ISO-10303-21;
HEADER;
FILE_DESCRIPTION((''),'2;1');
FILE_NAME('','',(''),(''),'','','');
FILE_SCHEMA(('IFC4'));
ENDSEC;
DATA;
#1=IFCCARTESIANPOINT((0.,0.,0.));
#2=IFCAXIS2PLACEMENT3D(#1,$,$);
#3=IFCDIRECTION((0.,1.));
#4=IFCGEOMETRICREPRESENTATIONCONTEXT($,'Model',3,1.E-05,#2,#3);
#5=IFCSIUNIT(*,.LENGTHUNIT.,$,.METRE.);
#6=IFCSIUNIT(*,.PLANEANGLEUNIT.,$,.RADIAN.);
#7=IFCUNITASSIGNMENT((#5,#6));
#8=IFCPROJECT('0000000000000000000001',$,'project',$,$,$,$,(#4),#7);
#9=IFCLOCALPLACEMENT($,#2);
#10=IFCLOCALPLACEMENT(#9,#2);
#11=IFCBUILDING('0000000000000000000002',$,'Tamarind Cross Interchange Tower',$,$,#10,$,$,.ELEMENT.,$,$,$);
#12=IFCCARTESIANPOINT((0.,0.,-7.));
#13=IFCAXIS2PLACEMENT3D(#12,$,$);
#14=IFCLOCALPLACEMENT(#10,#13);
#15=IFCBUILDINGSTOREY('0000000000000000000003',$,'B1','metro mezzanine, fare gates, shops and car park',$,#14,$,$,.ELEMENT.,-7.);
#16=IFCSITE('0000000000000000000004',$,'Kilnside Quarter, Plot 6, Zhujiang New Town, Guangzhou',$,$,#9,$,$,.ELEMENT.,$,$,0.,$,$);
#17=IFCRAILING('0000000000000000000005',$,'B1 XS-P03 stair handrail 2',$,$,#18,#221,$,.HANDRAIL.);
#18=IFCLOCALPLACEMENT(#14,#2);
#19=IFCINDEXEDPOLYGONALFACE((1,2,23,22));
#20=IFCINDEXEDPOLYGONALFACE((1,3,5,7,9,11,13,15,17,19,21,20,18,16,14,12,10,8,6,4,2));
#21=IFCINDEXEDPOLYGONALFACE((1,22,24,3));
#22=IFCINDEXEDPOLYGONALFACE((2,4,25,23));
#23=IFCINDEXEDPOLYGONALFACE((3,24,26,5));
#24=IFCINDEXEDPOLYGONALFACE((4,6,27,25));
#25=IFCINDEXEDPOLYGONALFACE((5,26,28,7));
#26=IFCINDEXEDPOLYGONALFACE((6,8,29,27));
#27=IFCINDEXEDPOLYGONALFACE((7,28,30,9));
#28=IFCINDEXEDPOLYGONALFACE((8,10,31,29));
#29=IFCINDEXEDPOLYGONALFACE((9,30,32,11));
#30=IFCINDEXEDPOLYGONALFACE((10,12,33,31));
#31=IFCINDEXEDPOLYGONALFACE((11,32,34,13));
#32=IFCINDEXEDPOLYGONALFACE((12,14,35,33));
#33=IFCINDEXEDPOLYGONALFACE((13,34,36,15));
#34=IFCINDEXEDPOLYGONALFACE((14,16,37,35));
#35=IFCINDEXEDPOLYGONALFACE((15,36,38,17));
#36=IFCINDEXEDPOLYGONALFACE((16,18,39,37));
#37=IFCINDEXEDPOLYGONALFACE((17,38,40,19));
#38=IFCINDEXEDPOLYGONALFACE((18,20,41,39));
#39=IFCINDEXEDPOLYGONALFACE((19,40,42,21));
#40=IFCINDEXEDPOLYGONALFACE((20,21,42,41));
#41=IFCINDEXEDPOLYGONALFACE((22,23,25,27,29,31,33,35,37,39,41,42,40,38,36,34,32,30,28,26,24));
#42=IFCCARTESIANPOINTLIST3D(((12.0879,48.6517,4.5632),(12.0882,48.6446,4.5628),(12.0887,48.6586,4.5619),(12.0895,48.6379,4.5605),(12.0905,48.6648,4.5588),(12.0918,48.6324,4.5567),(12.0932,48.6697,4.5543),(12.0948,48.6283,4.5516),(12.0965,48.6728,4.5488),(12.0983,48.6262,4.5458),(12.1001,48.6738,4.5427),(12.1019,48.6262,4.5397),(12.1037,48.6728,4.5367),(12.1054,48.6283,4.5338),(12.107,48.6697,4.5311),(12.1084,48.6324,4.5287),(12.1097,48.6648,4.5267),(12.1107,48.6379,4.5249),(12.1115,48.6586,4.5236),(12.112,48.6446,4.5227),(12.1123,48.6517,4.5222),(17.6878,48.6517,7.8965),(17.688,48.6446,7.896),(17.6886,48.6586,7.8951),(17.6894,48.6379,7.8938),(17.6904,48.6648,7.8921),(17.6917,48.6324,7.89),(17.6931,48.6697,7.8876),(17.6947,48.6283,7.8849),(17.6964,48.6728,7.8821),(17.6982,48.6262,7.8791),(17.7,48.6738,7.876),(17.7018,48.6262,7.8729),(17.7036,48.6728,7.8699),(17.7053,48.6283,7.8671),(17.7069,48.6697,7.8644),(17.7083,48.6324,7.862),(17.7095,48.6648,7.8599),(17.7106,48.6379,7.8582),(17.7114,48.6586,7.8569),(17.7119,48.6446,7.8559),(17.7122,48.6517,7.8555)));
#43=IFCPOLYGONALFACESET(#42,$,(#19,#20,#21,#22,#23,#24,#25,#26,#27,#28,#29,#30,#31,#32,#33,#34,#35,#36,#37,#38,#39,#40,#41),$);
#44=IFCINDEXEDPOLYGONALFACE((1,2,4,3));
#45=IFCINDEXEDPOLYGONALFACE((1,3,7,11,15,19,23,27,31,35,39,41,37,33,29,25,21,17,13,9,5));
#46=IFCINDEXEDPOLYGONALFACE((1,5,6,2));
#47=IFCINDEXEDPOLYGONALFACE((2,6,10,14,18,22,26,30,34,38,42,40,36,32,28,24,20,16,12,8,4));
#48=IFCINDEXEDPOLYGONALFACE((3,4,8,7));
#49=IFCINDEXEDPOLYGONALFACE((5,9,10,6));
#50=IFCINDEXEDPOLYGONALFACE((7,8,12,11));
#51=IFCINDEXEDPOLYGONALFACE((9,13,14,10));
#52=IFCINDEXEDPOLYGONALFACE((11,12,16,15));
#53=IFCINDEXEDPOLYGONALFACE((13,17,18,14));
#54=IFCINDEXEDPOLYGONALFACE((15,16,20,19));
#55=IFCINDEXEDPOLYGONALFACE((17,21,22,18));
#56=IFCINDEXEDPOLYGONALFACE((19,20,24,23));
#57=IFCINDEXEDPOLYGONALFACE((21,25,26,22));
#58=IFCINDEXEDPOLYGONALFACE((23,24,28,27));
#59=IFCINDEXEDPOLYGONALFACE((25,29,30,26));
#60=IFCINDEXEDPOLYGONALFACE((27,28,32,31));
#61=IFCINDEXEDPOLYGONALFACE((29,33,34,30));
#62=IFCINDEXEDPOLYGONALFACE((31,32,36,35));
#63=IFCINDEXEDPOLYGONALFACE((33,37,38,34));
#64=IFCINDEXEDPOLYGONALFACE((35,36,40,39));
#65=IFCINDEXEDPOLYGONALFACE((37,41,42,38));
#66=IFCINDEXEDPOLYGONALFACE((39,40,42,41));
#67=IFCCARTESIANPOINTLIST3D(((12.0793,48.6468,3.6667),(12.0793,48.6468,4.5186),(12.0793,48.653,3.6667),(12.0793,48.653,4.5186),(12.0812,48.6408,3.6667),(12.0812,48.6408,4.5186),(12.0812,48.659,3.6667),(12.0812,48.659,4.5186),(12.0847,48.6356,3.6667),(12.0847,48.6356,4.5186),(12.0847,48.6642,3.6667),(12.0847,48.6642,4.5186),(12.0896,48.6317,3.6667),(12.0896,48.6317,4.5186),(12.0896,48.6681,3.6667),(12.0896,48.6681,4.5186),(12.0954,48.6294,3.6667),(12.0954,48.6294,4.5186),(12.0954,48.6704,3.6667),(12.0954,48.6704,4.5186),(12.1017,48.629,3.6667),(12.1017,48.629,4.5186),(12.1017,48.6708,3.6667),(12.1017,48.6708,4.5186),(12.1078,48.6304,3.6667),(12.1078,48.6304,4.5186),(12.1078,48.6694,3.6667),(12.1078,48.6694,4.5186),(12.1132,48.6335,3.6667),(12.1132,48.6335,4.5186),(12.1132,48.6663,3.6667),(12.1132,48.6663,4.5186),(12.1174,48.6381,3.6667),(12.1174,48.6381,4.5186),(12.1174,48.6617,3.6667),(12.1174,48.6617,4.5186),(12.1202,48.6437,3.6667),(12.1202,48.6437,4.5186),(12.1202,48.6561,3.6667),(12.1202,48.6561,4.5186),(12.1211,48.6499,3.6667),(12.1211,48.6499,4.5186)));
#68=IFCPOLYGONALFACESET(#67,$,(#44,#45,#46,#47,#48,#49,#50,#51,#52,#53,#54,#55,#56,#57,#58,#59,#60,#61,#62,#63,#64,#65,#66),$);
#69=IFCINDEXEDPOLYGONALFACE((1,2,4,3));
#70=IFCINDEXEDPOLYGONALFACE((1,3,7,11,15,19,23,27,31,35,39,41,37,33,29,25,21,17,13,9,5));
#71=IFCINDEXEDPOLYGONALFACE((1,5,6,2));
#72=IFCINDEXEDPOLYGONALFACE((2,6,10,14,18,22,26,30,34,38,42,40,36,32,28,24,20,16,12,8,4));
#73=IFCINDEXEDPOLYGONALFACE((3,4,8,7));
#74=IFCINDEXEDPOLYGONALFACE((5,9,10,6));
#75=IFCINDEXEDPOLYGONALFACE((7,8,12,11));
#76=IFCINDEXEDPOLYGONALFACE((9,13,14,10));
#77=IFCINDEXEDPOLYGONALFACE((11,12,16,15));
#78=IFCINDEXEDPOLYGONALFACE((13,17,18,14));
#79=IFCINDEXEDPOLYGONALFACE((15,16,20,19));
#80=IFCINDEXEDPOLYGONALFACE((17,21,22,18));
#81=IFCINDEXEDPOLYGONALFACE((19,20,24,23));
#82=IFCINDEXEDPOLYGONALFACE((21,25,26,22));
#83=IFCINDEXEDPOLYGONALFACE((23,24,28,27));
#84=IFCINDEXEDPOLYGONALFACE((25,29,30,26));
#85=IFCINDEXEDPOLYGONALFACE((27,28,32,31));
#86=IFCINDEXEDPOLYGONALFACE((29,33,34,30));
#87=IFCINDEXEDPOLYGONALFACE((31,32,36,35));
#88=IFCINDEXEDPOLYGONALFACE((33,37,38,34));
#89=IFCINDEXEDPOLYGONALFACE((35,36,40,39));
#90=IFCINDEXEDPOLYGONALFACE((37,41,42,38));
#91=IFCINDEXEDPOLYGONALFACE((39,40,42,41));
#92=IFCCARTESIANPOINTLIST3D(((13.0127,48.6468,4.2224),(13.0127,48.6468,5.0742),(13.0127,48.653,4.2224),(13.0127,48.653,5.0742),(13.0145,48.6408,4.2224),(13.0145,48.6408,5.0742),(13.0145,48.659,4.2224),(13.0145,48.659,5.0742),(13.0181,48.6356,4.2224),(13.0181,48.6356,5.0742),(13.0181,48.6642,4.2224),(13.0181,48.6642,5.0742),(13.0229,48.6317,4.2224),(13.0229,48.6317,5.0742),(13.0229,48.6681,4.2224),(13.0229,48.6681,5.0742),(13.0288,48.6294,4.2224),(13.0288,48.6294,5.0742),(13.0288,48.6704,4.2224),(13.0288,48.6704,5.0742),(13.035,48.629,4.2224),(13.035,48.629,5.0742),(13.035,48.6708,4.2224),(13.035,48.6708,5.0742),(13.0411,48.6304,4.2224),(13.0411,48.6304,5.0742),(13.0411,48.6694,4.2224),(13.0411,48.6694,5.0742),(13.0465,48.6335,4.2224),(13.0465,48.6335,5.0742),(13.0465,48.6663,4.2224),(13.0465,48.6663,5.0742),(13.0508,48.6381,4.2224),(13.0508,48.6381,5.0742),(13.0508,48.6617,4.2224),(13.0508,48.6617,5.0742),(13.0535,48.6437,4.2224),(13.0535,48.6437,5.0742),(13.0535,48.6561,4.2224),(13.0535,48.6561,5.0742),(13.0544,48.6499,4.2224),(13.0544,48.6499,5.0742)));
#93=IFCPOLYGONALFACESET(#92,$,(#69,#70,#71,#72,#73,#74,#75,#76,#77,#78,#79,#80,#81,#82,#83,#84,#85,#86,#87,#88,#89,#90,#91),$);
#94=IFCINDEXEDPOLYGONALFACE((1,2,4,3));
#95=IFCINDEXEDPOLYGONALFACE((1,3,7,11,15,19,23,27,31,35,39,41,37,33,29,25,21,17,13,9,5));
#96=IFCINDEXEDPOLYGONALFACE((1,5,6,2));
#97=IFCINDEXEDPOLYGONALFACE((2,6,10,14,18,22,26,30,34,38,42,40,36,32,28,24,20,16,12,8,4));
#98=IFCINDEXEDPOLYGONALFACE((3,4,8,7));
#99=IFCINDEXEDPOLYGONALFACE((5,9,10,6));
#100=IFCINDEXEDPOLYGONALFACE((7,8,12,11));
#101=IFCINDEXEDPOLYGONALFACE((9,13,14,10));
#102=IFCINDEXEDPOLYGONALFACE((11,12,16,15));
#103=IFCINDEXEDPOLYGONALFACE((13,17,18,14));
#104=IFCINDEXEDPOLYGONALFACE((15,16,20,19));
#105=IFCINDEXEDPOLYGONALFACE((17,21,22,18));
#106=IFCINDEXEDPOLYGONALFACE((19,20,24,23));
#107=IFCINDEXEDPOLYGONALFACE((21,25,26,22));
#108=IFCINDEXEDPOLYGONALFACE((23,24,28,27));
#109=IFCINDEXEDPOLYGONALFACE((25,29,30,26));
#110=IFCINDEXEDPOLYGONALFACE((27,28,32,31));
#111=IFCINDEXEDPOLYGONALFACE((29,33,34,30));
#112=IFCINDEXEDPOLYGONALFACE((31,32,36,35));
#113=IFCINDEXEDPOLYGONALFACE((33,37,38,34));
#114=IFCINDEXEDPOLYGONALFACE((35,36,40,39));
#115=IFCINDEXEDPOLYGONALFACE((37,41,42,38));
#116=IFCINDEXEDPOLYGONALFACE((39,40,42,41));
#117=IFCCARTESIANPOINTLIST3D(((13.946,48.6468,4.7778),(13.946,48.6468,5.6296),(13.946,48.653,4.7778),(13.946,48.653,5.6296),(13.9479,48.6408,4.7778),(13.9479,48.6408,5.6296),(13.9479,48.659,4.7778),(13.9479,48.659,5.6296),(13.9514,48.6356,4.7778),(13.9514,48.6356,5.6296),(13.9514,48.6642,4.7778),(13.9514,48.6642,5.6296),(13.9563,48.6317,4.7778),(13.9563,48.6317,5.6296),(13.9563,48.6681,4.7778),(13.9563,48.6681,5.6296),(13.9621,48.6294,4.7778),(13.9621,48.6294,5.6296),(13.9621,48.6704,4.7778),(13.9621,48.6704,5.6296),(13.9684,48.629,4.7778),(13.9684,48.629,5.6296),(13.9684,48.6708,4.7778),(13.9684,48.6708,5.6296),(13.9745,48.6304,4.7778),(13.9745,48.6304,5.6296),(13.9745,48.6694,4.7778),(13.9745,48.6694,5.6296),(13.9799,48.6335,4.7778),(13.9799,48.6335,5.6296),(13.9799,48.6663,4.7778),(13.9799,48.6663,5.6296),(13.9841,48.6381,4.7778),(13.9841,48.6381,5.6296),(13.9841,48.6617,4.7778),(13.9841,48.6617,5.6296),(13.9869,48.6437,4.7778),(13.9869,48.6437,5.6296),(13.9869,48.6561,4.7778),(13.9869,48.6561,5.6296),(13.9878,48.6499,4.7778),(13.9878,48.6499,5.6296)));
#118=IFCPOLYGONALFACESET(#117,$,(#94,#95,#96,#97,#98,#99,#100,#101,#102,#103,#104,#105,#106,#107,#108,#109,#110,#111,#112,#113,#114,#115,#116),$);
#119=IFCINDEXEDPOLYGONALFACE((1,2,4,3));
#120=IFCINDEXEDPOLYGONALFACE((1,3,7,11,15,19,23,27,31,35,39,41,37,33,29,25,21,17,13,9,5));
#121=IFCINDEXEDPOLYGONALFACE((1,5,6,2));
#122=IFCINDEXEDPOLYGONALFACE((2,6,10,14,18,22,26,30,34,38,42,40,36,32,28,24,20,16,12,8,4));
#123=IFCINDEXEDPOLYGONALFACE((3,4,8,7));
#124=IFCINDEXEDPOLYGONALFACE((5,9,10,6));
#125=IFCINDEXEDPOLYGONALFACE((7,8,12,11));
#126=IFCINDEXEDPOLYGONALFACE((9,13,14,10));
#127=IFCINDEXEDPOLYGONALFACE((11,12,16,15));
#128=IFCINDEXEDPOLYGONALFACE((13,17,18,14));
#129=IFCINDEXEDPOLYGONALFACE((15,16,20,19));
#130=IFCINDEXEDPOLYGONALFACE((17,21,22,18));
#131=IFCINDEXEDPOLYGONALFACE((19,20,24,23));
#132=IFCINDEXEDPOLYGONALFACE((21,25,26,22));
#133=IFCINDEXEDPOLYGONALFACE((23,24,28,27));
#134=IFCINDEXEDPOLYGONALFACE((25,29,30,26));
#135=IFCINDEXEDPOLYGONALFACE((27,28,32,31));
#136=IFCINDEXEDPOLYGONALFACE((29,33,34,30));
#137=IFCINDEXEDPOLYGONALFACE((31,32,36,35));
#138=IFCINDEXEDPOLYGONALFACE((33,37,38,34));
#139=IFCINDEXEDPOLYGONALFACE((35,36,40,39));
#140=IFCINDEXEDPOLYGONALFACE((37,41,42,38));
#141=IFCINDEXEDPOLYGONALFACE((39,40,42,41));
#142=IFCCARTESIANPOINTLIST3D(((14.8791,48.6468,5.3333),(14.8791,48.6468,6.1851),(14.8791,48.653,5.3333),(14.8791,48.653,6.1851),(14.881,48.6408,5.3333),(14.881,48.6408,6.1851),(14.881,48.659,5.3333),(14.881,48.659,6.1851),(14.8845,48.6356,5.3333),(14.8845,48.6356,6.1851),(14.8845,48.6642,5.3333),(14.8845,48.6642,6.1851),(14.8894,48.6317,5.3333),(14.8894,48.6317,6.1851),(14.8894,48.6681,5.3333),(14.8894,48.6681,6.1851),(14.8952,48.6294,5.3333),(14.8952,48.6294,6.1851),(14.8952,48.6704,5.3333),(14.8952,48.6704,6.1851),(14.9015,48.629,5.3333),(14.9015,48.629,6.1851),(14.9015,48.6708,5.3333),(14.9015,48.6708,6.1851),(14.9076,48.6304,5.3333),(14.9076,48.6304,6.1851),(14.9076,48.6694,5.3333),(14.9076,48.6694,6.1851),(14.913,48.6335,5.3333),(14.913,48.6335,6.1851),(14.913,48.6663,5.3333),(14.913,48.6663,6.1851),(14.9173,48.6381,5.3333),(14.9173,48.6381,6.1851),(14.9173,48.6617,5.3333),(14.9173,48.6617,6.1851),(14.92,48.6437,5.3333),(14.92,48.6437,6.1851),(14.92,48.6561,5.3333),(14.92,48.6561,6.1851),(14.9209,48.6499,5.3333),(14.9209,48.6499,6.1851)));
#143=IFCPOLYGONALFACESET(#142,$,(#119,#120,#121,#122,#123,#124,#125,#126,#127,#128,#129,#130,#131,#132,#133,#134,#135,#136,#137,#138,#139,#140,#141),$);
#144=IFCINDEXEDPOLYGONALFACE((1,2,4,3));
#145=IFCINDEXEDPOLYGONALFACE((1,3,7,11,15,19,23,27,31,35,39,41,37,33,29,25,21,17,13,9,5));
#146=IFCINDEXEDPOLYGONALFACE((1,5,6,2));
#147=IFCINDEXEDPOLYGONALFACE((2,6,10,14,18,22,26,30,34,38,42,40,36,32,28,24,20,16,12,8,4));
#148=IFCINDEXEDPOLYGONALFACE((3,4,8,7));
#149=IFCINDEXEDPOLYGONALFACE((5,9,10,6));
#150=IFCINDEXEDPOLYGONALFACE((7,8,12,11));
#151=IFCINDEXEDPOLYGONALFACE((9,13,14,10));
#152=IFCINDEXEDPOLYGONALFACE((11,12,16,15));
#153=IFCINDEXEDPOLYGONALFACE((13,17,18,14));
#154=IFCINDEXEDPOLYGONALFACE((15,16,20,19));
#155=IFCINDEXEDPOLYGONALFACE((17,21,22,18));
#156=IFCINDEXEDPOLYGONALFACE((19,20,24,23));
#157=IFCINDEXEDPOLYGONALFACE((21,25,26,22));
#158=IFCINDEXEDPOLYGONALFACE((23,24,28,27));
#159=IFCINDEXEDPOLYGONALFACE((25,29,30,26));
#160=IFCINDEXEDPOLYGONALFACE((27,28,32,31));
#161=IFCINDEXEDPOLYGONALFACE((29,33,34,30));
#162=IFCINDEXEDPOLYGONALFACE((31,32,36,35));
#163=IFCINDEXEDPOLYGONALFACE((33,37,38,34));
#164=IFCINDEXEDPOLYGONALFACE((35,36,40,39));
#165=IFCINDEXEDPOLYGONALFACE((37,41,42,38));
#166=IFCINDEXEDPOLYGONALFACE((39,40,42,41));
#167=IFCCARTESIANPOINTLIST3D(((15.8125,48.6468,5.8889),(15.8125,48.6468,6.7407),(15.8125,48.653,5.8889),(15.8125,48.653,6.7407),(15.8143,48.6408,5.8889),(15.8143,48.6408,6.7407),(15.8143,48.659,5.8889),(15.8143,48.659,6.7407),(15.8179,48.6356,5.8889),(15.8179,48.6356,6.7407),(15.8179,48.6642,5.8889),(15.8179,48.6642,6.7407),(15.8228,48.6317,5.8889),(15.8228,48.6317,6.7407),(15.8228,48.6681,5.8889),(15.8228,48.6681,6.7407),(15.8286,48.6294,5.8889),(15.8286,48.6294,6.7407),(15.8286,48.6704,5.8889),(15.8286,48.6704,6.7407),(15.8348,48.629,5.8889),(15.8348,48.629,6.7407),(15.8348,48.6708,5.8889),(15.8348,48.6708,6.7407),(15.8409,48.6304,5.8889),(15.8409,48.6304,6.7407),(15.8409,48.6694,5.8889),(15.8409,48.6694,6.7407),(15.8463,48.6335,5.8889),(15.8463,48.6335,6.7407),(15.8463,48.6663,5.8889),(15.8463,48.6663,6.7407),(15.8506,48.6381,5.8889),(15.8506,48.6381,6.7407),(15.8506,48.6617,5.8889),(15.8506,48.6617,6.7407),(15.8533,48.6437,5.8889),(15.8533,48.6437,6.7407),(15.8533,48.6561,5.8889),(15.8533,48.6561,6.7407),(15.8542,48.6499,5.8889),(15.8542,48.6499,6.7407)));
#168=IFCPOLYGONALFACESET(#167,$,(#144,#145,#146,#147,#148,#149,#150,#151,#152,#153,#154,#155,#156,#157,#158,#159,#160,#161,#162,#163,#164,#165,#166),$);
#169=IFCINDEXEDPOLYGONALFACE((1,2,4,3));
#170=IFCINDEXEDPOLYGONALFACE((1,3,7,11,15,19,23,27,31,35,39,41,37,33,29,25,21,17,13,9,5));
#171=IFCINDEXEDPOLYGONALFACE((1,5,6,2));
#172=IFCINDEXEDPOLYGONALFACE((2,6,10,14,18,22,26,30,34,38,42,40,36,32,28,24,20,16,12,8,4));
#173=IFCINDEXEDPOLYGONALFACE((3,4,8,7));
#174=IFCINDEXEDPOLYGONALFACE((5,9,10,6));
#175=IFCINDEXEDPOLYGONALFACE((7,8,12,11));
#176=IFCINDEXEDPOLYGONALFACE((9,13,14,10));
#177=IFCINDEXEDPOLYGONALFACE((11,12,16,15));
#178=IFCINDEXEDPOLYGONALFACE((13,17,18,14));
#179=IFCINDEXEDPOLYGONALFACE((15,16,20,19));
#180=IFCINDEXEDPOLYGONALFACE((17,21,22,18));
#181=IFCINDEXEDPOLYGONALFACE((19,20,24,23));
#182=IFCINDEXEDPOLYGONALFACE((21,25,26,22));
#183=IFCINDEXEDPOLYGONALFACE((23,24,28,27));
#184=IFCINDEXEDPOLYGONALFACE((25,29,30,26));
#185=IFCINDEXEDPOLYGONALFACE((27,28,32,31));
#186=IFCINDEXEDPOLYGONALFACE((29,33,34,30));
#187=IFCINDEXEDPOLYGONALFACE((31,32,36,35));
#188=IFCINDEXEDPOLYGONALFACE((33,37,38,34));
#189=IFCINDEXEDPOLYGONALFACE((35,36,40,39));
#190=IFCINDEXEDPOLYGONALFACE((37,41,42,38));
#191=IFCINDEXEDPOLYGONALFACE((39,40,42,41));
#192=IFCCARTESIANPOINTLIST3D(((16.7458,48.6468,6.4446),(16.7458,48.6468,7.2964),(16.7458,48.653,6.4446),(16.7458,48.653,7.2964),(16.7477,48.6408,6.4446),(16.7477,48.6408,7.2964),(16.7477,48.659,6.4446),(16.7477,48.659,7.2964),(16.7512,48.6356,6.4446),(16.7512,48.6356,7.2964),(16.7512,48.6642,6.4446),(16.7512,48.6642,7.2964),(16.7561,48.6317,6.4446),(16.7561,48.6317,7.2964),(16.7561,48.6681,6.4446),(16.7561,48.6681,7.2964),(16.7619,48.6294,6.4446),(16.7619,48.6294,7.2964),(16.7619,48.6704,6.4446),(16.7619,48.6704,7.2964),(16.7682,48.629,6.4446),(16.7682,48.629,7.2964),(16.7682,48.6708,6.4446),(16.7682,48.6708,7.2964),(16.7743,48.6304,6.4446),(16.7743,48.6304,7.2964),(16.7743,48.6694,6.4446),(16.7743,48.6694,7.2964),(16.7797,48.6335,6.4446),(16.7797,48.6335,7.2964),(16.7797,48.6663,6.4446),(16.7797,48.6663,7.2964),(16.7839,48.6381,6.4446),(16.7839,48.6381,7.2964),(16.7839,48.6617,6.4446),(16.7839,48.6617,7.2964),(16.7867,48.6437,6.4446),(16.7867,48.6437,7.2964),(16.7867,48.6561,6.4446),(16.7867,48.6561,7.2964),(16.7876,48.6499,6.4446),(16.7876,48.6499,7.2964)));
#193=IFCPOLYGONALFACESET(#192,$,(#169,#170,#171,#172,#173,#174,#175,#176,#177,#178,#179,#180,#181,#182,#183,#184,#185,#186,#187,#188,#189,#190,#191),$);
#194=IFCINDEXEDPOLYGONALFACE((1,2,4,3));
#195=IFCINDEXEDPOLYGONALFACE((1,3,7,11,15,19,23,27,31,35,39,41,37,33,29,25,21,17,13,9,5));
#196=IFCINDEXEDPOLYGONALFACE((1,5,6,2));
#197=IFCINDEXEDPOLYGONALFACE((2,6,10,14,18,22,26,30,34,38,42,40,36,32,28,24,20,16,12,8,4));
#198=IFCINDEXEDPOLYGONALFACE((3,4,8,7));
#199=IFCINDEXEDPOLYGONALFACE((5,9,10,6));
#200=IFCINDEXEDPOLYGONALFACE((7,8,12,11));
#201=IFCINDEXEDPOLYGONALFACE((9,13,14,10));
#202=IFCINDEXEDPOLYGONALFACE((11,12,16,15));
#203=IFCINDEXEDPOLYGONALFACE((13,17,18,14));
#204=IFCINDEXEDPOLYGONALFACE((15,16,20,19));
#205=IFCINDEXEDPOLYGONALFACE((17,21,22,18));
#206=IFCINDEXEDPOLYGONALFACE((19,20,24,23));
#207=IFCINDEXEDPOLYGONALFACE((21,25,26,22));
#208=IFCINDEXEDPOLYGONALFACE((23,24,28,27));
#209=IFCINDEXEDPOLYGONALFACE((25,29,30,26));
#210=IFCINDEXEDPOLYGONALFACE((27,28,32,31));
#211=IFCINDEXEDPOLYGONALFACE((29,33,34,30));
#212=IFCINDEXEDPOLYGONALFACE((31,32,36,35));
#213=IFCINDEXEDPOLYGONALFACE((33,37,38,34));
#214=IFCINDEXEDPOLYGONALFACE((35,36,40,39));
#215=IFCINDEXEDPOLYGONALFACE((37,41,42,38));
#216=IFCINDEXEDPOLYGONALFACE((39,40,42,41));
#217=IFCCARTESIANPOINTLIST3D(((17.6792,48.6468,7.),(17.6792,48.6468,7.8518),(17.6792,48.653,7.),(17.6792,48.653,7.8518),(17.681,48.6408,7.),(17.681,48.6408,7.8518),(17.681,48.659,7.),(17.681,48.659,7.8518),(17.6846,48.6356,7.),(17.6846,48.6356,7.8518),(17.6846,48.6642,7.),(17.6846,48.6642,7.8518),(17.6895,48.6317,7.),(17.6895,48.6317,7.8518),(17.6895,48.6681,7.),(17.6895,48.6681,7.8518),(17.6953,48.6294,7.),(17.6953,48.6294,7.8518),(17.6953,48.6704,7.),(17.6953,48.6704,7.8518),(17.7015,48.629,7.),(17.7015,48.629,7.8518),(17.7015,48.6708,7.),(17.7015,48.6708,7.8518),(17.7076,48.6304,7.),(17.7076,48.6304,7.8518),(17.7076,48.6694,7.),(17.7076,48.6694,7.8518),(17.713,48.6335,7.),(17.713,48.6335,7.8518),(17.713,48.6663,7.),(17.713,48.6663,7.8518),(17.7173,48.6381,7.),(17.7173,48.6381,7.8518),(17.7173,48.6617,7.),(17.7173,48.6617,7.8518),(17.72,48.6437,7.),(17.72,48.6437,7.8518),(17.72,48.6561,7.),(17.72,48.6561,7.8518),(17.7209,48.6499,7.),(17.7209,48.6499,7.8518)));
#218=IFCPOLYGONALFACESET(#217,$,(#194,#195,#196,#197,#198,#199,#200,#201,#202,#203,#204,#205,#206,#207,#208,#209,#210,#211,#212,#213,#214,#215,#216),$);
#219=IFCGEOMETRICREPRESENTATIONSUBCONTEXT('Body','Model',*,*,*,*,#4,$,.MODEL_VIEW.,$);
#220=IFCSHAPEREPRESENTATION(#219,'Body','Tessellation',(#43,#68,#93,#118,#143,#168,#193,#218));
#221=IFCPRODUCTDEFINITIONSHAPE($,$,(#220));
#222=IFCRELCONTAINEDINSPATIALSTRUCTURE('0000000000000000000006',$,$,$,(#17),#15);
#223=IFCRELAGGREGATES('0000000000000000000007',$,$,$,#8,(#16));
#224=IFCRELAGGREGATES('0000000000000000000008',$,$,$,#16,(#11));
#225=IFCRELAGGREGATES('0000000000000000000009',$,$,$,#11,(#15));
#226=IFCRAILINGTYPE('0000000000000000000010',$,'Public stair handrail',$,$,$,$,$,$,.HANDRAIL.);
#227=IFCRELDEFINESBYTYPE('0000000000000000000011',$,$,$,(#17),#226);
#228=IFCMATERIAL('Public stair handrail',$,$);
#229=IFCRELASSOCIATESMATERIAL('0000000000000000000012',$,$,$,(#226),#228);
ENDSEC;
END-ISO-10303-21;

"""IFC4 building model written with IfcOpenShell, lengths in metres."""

from ifc_helpers import new_model, si_unit, direction, frame, origin, origin_2d, place, context, subcontext, project, spatial, circle, extrude, material, type_object, element, save


model = new_model("IFC4")

# Units and contexts
model_context = context("Model", 3, precision=1e-05, world=origin(), true_north=direction((0.0, 1.0)))
body_context = subcontext(model_context, "Body", "Model", "MODEL_VIEW")
ifc_project = project(units=[si_unit("LENGTHUNIT", "METRE"), si_unit("PLANEANGLEUNIT", "RADIAN")], contexts=[model_context])

# Site, building, storey
site_placement = place(None, origin())
site = spatial("IfcSite", under=ifc_project, at=site_placement, Name="Kilnside Quarter, Plot 6, Zhujiang New Town, Guangzhou", CompositionType="ELEMENT", RefElevation=0.0)
building_placement = place(site_placement, origin())
building = spatial("IfcBuilding", under=site, at=building_placement, Name="Tamarind Cross Interchange Tower", CompositionType="ELEMENT")
storey_placement = place(building_placement, frame((0.0, 0.0, -7.0)))
storey = spatial("IfcBuildingStorey", under=building, at=storey_placement, Name="B1", Description="metro mezzanine, fare gates, shops and car park", CompositionType="ELEMENT", Elevation=-7.0)

# Railing
ifc_material_1 = material(Name="Public stair handrail")
railing_type_1 = type_object("IfcRailingType", Name="Public stair handrail", PredefinedType="HANDRAIL", material=ifc_material_1)
railing_1_placement = place(storey_placement, frame((12.1001, 48.6499, 3.6667)))
element("IfcRailing", 1, at=railing_1_placement, inside=storey, type_object=railing_type_1, Name="B1 XS-P03 stair handrail 2", PredefinedType="HANDRAIL", context=body_context, shape_type="SweptSolid", body=[
    extrude(circle(Radius=0.0239, at=origin_2d()), frame((0.0, 0.0, 0.876), z_axis=(0.859292, 0.0, 0.511485), x_axis=(0.0, 1.0, 0.0)), (0.0, 0.0, 1.0), 6.5168),
    extrude(circle(Radius=0.021, at=origin_2d()), origin(), (0.0, 0.0, 1.0), 0.8518),
    extrude(circle(Radius=0.021, at=origin_2d()), frame((0.9333, 0.0, 0.5557)), (0.0, 0.0, 1.0), 0.8518),
    extrude(circle(Radius=0.021, at=origin_2d()), frame((1.8667, 0.0, 1.1111)), (0.0, 0.0, 1.0), 0.8518),
    extrude(circle(Radius=0.021, at=origin_2d()), frame((2.7998, 0.0, 1.6665)), (0.0, 0.0, 1.0), 0.8518),
    extrude(circle(Radius=0.021, at=origin_2d()), frame((3.7332, 0.0, 2.2222)), (0.0, 0.0, 1.0), 0.8518),
    extrude(circle(Radius=0.021, at=origin_2d()), frame((4.6665, 0.0, 2.7778)), (0.0, 0.0, 1.0), 0.8518),
    extrude(circle(Radius=0.021, at=origin_2d()), frame((5.5999, 0.0, 3.3333)), (0.0, 0.0, 1.0), 0.8518),
])

save(model, "model.ifc")
